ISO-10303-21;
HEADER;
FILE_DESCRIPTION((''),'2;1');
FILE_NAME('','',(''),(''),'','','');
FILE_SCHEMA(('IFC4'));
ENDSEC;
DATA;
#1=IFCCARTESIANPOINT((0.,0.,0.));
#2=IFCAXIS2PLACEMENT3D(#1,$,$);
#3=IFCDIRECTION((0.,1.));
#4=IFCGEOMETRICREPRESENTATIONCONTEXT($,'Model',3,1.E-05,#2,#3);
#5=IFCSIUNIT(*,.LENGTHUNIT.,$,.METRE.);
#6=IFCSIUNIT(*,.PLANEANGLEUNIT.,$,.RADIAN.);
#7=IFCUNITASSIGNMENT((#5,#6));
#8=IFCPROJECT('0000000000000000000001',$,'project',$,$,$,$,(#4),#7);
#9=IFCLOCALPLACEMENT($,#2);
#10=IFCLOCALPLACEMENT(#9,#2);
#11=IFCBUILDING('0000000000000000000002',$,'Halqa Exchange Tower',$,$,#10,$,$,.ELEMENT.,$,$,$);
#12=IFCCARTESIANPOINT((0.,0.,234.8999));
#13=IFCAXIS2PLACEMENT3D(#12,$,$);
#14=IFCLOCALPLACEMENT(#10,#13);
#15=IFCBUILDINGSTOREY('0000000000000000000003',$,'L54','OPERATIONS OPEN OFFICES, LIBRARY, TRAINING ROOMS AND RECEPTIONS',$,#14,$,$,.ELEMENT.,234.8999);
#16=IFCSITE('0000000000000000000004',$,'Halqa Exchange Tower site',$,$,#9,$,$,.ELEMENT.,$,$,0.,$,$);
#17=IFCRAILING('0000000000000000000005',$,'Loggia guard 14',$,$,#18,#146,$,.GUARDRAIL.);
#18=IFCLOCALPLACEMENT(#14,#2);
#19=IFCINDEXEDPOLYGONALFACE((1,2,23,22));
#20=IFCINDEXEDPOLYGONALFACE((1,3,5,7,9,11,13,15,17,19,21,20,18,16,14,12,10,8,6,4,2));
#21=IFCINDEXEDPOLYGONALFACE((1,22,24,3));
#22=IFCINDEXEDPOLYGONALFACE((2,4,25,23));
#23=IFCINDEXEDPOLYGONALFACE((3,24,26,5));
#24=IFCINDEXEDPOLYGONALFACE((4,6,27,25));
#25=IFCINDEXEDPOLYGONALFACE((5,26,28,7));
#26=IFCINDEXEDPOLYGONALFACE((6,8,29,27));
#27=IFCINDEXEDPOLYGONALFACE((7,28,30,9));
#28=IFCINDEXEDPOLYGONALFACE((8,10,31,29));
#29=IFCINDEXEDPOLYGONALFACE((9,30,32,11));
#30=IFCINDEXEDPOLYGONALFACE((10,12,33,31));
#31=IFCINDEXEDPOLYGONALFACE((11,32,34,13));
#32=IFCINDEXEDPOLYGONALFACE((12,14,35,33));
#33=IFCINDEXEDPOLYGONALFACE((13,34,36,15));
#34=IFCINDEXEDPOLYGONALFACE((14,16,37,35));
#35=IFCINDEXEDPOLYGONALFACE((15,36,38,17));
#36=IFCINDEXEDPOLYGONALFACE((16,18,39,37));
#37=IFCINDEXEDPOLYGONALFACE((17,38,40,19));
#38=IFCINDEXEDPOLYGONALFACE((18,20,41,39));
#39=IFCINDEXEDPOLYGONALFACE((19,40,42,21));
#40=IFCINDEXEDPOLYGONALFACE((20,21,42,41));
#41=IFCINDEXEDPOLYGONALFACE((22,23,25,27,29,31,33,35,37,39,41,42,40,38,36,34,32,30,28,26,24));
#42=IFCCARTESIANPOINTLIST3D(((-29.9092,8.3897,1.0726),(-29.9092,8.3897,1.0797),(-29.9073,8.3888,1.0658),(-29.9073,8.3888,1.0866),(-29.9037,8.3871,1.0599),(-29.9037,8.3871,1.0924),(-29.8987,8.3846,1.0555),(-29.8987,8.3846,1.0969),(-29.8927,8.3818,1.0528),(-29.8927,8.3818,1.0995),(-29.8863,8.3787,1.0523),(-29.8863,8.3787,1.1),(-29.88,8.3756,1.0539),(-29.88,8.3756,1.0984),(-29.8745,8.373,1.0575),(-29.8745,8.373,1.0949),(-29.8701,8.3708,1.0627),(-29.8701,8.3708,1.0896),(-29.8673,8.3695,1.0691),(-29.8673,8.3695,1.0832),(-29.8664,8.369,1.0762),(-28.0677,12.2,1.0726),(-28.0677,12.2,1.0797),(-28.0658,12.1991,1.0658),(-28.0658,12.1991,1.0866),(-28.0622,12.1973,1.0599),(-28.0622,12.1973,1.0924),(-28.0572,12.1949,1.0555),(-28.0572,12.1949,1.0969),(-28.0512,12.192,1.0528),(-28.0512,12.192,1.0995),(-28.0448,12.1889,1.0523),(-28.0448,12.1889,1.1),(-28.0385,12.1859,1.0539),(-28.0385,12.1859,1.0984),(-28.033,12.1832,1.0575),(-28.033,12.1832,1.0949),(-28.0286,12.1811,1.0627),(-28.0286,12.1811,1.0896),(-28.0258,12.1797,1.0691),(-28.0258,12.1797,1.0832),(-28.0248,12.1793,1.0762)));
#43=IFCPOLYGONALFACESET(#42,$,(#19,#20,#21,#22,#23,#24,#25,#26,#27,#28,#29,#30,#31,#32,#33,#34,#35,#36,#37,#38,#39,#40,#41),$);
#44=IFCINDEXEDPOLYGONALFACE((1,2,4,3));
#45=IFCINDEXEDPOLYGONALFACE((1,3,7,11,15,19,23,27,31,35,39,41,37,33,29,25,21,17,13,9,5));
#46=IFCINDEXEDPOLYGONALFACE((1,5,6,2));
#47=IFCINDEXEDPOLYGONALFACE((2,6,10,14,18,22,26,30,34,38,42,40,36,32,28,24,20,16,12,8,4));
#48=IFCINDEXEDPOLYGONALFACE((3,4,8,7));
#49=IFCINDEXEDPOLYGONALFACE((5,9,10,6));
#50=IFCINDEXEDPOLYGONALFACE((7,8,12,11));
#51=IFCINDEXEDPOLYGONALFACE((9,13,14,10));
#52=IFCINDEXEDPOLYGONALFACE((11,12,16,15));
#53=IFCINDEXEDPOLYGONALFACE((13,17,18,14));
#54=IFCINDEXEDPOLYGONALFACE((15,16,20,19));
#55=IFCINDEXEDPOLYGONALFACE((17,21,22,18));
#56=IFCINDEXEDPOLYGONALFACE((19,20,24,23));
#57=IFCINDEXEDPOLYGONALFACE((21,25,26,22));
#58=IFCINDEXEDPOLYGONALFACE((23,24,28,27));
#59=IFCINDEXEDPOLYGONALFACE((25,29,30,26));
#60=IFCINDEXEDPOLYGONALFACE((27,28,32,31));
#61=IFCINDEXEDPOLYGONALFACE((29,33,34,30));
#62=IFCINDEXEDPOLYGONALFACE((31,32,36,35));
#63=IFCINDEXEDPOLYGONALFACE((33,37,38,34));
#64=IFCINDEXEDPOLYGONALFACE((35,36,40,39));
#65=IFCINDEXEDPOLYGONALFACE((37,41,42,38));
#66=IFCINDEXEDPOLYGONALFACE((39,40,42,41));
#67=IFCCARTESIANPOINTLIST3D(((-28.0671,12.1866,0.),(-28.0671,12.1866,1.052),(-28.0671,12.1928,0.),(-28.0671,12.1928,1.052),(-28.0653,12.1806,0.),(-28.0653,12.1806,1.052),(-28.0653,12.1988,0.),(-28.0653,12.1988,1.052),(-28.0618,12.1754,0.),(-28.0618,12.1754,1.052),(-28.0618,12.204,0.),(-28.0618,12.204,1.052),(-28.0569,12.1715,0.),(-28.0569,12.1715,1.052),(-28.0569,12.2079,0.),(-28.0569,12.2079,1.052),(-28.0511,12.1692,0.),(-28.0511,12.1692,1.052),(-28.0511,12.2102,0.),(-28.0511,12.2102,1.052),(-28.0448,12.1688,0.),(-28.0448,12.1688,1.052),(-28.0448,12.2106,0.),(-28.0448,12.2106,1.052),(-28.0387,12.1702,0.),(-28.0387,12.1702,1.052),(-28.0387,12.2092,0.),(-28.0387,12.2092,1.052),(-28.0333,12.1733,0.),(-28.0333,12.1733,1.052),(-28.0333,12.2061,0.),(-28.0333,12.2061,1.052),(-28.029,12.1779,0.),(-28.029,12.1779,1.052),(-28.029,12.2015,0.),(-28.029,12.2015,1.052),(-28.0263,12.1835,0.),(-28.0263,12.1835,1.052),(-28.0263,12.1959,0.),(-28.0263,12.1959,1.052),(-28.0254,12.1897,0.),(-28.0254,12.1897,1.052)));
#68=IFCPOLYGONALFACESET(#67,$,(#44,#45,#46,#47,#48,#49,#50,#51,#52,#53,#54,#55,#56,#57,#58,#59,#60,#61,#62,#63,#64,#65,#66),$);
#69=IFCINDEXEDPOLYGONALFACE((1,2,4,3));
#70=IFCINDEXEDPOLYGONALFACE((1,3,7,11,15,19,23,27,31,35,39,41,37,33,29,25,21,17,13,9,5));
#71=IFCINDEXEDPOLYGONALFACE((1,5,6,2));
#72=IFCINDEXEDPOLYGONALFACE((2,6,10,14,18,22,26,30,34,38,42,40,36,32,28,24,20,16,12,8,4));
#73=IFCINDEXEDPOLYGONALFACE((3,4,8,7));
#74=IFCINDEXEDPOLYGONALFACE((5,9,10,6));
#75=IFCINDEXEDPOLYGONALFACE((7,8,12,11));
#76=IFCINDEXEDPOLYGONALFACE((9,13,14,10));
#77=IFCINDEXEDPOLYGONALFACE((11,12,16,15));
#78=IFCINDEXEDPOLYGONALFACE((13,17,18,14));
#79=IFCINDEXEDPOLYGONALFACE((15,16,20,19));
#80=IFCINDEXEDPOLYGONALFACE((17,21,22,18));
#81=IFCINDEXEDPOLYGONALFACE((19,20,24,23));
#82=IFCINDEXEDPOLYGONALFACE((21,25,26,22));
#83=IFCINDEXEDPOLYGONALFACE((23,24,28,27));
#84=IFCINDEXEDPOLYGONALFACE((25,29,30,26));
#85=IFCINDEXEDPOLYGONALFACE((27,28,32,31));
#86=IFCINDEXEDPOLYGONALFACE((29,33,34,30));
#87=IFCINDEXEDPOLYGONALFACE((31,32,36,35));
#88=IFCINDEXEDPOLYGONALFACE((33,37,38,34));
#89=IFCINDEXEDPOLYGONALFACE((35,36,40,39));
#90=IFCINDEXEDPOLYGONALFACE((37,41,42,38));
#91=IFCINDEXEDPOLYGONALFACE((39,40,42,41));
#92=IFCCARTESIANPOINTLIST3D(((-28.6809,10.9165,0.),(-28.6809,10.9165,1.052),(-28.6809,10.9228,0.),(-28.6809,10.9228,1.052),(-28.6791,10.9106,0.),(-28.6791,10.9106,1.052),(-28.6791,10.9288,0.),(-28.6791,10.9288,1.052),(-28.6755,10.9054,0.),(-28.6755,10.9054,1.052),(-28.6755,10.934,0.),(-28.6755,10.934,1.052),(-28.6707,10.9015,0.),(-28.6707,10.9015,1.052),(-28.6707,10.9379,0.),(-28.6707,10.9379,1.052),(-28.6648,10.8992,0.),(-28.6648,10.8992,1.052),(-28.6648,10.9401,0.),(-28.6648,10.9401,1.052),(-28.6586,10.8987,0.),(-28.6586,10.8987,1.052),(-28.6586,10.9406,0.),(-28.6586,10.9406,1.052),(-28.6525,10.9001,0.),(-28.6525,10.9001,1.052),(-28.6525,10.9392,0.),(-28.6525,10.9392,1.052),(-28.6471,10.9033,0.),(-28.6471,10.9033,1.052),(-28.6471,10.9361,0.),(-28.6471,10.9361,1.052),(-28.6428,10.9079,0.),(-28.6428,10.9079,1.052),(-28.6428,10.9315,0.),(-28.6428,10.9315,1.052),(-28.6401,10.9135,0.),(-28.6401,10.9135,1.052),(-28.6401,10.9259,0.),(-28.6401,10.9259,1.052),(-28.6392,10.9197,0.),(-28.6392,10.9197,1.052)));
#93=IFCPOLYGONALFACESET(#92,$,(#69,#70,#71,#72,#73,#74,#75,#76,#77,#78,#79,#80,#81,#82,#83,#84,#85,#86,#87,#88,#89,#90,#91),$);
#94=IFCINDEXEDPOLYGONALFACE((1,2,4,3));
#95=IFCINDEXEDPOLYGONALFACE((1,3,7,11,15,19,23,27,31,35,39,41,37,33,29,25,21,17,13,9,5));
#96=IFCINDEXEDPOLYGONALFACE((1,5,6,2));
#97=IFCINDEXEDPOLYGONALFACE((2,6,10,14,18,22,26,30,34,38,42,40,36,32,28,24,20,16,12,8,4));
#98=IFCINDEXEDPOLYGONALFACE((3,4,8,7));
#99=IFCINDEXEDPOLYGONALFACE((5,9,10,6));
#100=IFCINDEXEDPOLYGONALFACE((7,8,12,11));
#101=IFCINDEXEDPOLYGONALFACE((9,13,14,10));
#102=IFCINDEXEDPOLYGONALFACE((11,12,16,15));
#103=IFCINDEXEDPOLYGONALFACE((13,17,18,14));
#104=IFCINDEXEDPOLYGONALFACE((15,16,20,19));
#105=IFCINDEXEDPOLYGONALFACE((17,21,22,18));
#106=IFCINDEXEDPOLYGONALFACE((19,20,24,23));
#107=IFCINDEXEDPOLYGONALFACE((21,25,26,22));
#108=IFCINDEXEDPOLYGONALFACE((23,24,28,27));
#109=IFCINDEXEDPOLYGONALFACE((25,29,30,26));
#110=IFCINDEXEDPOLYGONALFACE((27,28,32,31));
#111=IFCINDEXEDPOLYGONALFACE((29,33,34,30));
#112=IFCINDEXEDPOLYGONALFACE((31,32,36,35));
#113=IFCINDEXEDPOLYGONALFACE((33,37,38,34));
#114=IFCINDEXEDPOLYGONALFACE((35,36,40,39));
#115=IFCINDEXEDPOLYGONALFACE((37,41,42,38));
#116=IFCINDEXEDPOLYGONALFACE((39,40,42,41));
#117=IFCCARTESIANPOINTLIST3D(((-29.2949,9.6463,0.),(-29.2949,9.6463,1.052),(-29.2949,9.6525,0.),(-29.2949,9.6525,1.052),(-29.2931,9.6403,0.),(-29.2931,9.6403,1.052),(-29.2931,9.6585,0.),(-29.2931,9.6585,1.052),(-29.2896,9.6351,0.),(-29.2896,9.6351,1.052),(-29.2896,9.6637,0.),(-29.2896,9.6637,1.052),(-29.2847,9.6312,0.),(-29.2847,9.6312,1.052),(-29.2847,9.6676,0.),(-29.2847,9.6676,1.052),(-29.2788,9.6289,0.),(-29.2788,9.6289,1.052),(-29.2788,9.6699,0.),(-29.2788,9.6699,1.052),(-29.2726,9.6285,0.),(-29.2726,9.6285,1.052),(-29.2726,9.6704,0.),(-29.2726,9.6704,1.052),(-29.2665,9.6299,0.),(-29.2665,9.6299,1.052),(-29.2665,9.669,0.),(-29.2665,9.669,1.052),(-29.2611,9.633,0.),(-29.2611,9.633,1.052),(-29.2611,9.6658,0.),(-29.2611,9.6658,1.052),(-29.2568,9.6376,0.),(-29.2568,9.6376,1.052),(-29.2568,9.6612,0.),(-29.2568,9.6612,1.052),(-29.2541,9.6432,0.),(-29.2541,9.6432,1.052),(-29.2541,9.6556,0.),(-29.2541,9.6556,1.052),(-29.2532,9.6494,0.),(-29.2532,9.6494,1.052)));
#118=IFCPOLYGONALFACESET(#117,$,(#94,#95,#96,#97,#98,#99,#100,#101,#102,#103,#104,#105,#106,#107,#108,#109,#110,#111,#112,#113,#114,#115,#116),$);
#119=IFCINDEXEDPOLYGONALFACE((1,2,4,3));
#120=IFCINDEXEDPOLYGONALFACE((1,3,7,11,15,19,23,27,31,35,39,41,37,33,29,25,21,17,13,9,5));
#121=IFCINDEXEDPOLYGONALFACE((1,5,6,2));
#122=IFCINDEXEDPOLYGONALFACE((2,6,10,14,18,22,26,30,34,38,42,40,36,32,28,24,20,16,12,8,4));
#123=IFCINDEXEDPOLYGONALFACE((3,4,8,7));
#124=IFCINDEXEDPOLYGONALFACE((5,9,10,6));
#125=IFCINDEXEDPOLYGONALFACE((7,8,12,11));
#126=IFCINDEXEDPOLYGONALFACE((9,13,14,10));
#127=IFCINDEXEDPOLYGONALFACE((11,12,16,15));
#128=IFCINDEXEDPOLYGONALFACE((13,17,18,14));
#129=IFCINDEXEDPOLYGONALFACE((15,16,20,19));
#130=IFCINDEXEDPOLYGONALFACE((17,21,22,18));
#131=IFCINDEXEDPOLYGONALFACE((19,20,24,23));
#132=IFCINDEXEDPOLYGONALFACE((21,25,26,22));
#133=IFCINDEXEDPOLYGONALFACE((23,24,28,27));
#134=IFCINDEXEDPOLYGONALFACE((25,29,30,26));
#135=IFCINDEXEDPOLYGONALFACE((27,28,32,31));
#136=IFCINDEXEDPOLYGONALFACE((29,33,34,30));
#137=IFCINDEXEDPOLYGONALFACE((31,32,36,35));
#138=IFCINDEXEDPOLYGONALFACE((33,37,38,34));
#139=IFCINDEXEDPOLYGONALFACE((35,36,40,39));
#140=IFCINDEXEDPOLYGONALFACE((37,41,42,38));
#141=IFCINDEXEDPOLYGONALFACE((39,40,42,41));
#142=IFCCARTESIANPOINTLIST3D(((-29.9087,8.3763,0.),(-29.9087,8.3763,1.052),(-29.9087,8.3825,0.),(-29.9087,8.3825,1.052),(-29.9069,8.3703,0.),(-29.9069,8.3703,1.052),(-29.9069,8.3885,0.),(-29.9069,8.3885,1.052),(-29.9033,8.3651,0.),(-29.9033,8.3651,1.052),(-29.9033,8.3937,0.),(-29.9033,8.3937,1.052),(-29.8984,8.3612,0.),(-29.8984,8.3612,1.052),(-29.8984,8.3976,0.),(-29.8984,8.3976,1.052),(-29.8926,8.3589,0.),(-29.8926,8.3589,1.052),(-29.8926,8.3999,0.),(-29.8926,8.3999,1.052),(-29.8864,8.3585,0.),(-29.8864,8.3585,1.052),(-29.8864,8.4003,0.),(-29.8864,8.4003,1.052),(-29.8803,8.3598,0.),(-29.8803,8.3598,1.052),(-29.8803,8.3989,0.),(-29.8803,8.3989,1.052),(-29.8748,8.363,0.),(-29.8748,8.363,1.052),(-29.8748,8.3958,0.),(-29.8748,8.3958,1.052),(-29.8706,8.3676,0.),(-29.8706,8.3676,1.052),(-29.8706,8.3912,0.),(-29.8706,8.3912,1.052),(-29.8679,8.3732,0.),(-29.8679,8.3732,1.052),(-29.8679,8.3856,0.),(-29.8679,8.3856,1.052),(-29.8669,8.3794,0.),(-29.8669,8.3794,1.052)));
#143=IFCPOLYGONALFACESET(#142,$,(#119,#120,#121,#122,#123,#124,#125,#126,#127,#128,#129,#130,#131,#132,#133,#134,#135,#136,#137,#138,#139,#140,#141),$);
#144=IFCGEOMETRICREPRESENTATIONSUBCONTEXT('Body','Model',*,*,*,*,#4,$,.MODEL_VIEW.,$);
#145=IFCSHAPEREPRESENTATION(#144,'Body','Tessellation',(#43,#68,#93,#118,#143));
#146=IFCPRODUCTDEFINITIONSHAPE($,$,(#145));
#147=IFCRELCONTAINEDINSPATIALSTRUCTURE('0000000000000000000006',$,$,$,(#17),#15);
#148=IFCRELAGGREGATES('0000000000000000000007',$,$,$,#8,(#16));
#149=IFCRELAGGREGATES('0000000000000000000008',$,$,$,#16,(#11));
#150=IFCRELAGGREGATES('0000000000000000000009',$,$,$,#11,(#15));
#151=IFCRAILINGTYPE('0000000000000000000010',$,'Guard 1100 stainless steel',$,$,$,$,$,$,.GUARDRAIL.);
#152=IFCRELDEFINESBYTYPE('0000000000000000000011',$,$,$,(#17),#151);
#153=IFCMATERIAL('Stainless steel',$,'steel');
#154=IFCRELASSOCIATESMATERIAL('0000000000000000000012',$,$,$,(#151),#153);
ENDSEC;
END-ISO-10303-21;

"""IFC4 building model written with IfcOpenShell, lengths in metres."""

from ifc_helpers import new_model, si_unit, direction, frame, origin, origin_2d, place, context, subcontext, project, spatial, circle, extrude, material, type_object, element, save


model = new_model("IFC4")

# Units and contexts
model_context = context("Model", 3, precision=1e-05, world=origin(), true_north=direction((0.0, 1.0)))
body_context = subcontext(model_context, "Body", "Model", "MODEL_VIEW")
ifc_project = project(units=[si_unit("LENGTHUNIT", "METRE"), si_unit("PLANEANGLEUNIT", "RADIAN")], contexts=[model_context])

# Site, building, storey
site_placement = place(None, origin())
site = spatial("IfcSite", under=ifc_project, at=site_placement, Name="Halqa Exchange Tower site", CompositionType="ELEMENT", RefElevation=0.0)
building_placement = place(site_placement, origin())
building = spatial("IfcBuilding", under=site, at=building_placement, Name="Halqa Exchange Tower", CompositionType="ELEMENT")
storey_placement = place(building_placement, frame((0.0, 0.0, 234.8999)))
storey = spatial("IfcBuildingStorey", under=building, at=storey_placement, Name="L54", Description="OPERATIONS OPEN OFFICES, LIBRARY, TRAINING ROOMS AND RECEPTIONS", CompositionType="ELEMENT", Elevation=234.8999)

# Railing
ifc_material_1 = material(Name="Stainless steel", Category="steel")
railing_type = type_object("IfcRailingType", Name="Guard 1100 stainless steel", PredefinedType="GUARDRAIL", material=ifc_material_1)
railing_1_placement = place(storey_placement, frame((-28.0464, 12.1897, 0.0)))
element("IfcRailing", 1, at=railing_1_placement, inside=storey, type_object=railing_type, Name="Loggia guard 14", PredefinedType="GUARDRAIL", context=body_context, shape_type="SweptSolid", body=[
    extrude(circle(Radius=0.0239, at=origin_2d()), frame((0.0, 0.0, 1.0762), z_axis=(-0.435151, -0.900358, 0.0), x_axis=(0.900358, -0.435151, 0.0)), (0.0, 0.0, 1.0), 4.2319),
    extrude(circle(Radius=0.021, at=origin_2d()), origin(), (0.0, 0.0, 1.0), 1.052),
    extrude(circle(Radius=0.021, at=origin_2d()), frame((-0.6138, -1.27, 0.0)), (0.0, 0.0, 1.0), 1.052),
    extrude(circle(Radius=0.021, at=origin_2d()), frame((-1.2278, -2.5403, 0.0)), (0.0, 0.0, 1.0), 1.052),
    extrude(circle(Radius=0.021, at=origin_2d()), frame((-1.8416, -3.8103, 0.0)), (0.0, 0.0, 1.0), 1.052),
])

save(model, "model.ifc")
